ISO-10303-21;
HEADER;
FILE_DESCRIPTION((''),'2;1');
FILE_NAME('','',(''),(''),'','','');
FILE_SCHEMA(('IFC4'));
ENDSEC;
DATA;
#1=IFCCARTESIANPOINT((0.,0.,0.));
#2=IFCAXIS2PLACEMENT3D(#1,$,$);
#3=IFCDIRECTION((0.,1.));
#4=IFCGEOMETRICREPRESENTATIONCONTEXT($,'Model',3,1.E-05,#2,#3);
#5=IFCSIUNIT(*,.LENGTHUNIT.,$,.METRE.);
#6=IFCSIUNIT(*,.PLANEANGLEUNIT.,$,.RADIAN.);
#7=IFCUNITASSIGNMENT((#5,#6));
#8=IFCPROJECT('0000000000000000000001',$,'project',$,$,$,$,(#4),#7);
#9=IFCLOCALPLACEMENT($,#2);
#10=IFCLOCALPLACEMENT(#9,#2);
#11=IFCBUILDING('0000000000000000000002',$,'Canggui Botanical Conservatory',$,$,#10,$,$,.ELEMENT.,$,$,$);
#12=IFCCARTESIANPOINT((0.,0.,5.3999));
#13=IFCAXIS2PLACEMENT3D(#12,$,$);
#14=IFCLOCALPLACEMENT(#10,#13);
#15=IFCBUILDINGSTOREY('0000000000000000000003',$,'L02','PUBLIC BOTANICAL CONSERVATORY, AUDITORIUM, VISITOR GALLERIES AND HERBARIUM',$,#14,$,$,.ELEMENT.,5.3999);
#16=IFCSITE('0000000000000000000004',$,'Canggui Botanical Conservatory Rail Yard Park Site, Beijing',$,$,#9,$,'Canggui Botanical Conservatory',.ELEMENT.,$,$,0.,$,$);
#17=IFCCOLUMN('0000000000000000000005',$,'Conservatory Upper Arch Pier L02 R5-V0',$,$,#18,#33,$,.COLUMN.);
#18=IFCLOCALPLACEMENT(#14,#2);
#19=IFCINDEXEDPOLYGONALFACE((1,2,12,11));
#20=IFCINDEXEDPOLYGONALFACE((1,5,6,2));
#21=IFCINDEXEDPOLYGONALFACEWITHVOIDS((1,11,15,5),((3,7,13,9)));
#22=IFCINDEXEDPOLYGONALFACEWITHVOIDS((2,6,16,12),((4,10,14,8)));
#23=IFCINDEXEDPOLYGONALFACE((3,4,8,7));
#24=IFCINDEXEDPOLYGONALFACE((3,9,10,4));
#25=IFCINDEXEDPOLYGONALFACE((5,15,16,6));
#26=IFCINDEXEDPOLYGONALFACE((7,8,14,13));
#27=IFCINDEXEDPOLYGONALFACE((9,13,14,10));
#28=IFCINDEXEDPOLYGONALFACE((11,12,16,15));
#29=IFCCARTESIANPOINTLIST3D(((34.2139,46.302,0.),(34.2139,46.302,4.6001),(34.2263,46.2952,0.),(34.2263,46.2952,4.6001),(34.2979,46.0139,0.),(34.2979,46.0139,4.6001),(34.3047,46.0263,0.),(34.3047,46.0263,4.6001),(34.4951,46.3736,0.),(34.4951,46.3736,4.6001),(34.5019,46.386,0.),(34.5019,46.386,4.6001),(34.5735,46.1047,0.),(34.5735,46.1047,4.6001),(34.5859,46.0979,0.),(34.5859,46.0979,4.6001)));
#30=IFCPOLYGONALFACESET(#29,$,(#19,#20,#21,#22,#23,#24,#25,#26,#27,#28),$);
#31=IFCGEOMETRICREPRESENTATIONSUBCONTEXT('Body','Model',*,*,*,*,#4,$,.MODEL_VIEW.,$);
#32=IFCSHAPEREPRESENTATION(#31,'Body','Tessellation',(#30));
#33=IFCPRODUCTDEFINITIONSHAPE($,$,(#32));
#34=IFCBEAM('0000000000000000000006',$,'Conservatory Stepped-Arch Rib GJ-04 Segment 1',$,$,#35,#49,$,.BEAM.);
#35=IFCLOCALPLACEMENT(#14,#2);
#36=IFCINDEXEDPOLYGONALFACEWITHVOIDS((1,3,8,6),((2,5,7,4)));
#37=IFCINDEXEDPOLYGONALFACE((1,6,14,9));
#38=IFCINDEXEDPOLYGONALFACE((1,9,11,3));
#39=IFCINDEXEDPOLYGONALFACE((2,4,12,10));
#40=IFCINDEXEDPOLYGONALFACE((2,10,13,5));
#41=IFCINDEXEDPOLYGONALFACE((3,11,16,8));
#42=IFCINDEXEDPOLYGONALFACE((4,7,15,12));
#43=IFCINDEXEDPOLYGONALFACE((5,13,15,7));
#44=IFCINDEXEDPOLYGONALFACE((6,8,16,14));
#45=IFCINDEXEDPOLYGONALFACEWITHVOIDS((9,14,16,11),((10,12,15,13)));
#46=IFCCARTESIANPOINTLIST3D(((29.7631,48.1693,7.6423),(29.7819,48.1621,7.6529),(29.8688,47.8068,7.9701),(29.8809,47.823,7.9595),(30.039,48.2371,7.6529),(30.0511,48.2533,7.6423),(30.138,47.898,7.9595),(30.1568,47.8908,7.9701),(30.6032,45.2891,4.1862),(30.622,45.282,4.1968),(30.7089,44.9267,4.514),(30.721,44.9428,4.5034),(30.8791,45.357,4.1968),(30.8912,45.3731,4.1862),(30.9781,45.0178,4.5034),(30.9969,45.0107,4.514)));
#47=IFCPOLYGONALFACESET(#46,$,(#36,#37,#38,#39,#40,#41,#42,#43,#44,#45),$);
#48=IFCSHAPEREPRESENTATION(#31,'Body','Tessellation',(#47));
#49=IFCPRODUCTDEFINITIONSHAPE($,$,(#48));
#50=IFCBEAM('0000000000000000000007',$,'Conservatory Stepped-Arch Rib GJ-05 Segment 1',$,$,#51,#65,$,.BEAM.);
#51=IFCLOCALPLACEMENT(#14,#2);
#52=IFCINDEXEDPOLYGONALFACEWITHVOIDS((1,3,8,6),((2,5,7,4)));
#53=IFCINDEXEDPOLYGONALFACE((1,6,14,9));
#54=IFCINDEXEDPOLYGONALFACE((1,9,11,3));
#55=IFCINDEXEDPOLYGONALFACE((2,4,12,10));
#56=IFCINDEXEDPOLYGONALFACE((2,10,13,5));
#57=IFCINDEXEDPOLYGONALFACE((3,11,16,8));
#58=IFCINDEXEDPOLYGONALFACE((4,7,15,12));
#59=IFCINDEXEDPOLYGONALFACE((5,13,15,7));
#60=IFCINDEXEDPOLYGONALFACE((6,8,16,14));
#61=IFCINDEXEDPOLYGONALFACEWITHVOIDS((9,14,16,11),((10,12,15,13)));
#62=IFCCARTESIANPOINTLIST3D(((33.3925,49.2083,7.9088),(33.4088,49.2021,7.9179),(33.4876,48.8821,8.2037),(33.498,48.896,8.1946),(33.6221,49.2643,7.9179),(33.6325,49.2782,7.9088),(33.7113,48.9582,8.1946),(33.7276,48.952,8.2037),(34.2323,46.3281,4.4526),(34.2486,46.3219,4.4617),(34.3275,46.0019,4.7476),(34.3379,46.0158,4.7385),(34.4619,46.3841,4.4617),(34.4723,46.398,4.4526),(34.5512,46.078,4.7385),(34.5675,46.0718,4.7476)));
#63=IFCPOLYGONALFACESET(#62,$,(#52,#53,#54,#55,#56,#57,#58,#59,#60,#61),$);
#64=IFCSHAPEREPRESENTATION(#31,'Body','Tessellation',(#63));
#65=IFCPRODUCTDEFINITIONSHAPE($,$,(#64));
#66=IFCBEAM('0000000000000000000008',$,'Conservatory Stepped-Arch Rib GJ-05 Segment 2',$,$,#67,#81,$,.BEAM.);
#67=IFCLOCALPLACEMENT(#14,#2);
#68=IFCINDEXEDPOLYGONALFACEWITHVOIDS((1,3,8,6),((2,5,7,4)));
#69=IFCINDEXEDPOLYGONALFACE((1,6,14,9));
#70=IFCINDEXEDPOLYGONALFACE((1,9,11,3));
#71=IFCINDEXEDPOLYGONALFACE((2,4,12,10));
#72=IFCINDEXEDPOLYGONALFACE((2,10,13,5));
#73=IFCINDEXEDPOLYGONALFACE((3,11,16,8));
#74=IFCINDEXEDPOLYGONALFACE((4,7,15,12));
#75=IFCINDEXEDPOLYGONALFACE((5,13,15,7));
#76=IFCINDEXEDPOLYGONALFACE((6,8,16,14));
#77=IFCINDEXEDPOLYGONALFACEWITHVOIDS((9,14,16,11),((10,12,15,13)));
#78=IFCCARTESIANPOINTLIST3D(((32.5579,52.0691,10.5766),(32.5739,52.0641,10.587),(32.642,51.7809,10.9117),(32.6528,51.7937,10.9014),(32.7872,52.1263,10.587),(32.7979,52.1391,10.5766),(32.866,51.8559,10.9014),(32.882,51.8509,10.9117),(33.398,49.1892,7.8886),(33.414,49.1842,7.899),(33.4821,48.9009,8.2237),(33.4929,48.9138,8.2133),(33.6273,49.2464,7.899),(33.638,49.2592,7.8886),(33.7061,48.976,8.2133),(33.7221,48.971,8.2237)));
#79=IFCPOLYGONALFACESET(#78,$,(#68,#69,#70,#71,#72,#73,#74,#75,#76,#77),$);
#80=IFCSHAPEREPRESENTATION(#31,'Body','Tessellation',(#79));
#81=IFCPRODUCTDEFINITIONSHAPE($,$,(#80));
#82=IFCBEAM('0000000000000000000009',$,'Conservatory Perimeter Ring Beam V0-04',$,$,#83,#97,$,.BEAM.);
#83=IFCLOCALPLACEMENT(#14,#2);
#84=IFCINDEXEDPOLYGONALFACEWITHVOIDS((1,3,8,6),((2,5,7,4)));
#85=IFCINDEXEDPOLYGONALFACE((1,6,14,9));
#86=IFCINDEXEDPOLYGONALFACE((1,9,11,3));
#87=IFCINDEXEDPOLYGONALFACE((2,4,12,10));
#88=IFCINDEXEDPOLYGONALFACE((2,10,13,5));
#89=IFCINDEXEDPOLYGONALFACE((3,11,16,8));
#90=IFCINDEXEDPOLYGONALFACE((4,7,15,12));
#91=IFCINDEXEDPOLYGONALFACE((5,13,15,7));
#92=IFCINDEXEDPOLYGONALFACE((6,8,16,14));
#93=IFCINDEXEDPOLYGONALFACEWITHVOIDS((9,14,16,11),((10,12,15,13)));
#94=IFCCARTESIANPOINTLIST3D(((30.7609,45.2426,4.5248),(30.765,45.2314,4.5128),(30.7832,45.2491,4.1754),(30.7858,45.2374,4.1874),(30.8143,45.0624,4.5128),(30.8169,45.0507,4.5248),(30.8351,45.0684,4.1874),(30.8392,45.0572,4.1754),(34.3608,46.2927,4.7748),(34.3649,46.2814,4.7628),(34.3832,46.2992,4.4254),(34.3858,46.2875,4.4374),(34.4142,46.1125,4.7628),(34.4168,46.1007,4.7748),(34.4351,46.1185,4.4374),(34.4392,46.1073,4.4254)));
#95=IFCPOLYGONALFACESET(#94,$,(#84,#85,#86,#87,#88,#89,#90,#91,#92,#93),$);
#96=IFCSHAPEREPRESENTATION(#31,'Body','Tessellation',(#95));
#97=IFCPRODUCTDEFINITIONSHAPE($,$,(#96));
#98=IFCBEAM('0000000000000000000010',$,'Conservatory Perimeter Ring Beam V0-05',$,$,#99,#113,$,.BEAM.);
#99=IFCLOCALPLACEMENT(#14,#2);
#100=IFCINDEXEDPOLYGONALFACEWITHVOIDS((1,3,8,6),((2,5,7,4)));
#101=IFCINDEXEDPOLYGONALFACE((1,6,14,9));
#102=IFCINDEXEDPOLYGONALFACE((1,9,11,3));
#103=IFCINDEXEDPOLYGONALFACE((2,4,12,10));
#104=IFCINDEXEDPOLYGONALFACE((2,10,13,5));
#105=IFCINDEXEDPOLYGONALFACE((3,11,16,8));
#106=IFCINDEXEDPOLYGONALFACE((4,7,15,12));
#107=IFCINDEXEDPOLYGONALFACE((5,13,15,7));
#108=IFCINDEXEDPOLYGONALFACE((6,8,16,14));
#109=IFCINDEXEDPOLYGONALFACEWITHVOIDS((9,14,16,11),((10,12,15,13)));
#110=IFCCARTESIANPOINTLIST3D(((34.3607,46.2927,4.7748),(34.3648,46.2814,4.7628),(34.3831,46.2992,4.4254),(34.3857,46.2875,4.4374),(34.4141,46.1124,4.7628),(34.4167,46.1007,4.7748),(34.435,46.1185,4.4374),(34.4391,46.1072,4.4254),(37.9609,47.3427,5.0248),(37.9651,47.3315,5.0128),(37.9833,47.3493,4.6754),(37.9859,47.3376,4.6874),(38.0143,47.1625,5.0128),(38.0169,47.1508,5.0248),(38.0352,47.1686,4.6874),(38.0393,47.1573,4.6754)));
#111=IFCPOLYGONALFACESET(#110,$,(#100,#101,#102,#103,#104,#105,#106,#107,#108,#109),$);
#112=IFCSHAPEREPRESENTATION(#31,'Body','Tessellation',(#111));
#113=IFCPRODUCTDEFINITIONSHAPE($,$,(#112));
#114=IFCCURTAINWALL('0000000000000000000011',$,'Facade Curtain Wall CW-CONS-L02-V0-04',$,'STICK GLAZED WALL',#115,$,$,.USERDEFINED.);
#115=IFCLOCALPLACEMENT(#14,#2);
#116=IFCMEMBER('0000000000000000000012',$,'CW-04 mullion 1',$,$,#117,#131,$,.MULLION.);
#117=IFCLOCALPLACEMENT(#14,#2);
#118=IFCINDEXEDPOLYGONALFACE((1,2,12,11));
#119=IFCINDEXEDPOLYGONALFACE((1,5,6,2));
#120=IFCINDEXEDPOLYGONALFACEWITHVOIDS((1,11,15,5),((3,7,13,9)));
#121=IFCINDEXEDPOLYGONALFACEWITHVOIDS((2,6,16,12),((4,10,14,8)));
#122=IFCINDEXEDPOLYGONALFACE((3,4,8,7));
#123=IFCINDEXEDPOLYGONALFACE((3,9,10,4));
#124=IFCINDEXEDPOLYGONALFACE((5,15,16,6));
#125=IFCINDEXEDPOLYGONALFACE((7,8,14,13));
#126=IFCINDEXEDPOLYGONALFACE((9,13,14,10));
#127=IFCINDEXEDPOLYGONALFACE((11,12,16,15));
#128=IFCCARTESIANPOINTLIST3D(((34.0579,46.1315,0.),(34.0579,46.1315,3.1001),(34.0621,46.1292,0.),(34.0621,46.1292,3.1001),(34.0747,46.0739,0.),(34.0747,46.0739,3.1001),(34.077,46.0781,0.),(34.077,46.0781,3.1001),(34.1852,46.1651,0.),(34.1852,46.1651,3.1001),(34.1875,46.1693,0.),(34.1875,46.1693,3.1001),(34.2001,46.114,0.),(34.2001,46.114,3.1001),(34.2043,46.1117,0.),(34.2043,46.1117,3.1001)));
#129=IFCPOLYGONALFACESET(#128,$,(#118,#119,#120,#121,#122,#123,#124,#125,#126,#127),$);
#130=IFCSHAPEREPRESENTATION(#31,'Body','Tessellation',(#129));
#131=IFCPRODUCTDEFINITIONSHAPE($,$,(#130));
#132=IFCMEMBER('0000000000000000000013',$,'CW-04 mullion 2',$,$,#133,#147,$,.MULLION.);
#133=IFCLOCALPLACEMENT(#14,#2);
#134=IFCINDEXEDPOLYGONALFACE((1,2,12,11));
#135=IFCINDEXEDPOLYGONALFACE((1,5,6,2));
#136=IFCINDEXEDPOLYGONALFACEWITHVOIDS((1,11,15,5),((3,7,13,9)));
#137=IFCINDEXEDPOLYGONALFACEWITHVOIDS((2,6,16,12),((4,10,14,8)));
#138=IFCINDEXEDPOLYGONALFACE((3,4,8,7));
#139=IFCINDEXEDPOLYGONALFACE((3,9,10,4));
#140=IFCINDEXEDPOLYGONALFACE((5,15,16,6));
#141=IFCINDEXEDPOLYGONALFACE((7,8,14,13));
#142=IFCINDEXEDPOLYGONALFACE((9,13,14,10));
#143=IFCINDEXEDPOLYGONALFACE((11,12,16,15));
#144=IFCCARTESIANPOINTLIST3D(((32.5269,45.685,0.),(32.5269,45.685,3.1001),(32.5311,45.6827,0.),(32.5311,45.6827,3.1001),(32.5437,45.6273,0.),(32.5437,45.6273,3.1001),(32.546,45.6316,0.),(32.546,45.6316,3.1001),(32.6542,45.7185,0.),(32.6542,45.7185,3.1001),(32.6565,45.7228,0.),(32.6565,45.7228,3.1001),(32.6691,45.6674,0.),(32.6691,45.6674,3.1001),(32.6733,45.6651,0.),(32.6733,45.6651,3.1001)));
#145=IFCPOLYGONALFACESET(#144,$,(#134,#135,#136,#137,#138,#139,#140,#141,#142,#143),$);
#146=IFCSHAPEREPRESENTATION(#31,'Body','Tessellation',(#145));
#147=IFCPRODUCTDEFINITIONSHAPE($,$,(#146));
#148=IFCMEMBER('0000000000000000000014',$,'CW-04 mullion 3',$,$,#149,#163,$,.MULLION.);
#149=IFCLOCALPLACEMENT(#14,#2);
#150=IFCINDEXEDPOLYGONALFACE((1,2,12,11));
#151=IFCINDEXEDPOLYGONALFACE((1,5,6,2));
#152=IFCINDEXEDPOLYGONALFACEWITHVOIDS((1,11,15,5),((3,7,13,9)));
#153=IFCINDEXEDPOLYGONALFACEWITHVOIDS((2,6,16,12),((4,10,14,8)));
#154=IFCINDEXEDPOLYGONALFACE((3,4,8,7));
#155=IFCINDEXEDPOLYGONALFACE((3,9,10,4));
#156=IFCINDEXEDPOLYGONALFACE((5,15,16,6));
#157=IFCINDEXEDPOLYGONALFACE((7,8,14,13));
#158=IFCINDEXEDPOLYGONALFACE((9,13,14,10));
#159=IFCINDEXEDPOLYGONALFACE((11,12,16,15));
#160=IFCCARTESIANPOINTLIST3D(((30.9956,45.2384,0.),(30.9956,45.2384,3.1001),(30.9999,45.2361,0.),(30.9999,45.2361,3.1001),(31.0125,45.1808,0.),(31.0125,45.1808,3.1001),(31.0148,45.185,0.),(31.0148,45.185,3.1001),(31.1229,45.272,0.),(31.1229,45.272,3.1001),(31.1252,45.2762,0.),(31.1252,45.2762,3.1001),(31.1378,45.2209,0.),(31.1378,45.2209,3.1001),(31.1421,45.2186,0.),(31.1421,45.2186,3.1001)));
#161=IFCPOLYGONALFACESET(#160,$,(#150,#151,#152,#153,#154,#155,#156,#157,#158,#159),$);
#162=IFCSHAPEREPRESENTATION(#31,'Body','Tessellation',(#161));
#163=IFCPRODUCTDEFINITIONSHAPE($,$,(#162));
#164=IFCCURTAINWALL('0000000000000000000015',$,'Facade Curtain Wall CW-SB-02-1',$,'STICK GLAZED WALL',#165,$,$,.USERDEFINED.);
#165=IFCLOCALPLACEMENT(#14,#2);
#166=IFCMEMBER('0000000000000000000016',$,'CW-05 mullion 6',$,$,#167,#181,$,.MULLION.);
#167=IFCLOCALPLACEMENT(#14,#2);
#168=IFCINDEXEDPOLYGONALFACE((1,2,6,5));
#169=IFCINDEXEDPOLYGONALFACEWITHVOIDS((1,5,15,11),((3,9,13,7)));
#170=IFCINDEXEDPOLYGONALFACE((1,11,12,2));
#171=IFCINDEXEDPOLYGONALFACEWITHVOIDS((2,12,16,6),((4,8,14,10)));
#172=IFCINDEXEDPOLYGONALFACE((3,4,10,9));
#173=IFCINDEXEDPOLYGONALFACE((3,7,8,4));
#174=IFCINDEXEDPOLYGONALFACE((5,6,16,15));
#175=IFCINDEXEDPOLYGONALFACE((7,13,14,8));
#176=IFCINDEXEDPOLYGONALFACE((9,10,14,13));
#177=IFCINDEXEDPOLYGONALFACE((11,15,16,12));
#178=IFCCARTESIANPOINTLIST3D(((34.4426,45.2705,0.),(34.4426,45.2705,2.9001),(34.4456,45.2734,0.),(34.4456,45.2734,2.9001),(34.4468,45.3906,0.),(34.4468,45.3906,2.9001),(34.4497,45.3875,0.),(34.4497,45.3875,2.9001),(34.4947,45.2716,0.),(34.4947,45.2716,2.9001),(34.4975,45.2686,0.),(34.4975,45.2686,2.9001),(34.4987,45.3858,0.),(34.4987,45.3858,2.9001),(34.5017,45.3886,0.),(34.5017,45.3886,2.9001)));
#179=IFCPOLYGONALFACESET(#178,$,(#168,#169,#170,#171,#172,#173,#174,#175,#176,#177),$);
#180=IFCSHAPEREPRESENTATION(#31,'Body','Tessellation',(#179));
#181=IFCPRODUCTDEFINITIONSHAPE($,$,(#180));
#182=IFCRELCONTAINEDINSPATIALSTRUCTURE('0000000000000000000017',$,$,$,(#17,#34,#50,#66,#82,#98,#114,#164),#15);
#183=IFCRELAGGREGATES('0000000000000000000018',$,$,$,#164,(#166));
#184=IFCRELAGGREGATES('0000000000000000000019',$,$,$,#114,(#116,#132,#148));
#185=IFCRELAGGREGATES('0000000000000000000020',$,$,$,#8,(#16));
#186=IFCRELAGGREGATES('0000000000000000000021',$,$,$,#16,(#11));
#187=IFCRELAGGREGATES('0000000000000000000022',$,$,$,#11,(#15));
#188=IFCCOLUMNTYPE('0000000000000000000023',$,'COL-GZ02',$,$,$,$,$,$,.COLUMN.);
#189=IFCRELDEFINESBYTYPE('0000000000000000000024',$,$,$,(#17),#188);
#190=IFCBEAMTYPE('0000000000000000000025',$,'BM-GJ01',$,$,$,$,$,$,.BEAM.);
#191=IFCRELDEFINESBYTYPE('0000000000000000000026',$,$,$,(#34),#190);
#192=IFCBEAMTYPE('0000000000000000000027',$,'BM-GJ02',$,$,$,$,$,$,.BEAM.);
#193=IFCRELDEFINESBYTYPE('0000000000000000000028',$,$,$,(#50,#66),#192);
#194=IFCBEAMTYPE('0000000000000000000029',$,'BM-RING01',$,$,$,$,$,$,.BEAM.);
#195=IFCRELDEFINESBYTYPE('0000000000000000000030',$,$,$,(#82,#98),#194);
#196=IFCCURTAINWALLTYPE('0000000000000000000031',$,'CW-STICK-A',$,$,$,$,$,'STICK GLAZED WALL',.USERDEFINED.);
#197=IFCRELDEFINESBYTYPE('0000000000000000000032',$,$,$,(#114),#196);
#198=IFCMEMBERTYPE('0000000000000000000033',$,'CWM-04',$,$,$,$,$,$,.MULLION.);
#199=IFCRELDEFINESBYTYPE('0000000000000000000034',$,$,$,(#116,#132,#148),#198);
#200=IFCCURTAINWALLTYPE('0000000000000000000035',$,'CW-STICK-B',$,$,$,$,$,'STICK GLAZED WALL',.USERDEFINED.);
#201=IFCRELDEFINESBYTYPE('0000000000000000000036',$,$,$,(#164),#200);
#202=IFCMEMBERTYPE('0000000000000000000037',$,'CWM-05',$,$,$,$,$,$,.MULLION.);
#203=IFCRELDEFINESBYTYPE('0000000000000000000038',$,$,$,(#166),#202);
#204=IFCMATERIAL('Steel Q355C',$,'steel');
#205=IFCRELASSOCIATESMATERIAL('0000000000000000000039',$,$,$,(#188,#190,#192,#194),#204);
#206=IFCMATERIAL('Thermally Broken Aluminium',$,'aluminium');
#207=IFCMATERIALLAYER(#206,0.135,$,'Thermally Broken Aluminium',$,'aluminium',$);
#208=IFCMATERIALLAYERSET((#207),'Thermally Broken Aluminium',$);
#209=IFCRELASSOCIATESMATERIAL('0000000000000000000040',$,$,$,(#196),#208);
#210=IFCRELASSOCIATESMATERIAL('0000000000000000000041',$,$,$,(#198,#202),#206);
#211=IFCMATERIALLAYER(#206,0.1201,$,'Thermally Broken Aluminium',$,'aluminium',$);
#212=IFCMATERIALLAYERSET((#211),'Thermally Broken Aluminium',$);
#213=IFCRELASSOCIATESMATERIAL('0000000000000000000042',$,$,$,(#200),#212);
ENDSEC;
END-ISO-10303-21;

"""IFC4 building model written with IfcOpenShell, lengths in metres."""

from ifc_helpers import new_model, si_unit, direction, frame, origin, origin_2d, place, context, subcontext, project, spatial, hollow_rectangle, extrude, material, layer, layer_set, material_profile, profile_set, type_object, element, aggregate, save


model = new_model("IFC4")

# Units and contexts
model_context = context("Model", 3, precision=1e-05, world=origin(), true_north=direction((0.0, 1.0)))
body_context = subcontext(model_context, "Body", "Model", "MODEL_VIEW")
ifc_project = project(units=[si_unit("LENGTHUNIT", "METRE"), si_unit("PLANEANGLEUNIT", "RADIAN")], contexts=[model_context])

# Site, building, storey
site_placement = place(None, origin())
site = spatial("IfcSite", under=ifc_project, at=site_placement, Name="Canggui Botanical Conservatory Rail Yard Park Site, Beijing", LongName="Canggui Botanical Conservatory", CompositionType="ELEMENT", RefElevation=0.0)
building_placement = place(site_placement, origin())
building = spatial("IfcBuilding", under=site, at=building_placement, Name="Canggui Botanical Conservatory", CompositionType="ELEMENT")
storey_placement = place(building_placement, frame((0.0, 0.0, 5.3999)))
storey = spatial("IfcBuildingStorey", under=building, at=storey_placement, Name="L02", Description="PUBLIC BOTANICAL CONSERVATORY, AUDITORIUM, VISITOR GALLERIES AND HERBARIUM", CompositionType="ELEMENT", Elevation=5.3999)

# Column
ifc_material_1 = material(Name="Steel Q355C", Category="steel")
ifc_material_profile_1 = material_profile(ifc_material_1, hollow_rectangle(XDim=0.3, YDim=0.3, WallThickness=0.01, at=origin_2d()), Name="SHS 300x300x10")
ifc_profile_set_1 = profile_set([ifc_material_profile_1], Name="Steel Q355C")
column_type = type_object("IfcColumnType", Name="COL-GZ02", PredefinedType="COLUMN", material=ifc_profile_set_1)
column_placement = place(storey_placement, frame((34.3999, 46.2, 0.0), z_axis=(0.0, 0.0, 1.0), x_axis=(0.96, 0.28, 0.0)))
element("IfcColumn", 1, at=column_placement, inside=storey, type_object=column_type, Name="Conservatory Upper Arch Pier L02 R5-V0", PredefinedType="COLUMN", context=body_context, shape_type="SweptSolid", body=[
    extrude(hollow_rectangle(XDim=0.3, YDim=0.3, WallThickness=0.01, at=origin_2d()), origin(), (0.0, 0.0, 1.0), 4.6001),
])

# Beams
ifc_material_profile_2 = material_profile(ifc_material_1, hollow_rectangle(XDim=0.3, YDim=0.5, WallThickness=0.0161, at=origin_2d()), Name="RHS 300x500x16")
ifc_profile_set_2 = profile_set([ifc_material_profile_2], Name="Steel Q355C")
beam_type_1 = type_object("IfcBeamType", Name="BM-GJ01", PredefinedType="BEAM", material=ifc_profile_set_2)
beam_1_placement = place(storey_placement, frame((30.8, 45.1499, 4.3501), z_axis=(-0.183562, 0.629317, 0.755159), x_axis=(-0.959995, -0.280016, 0.0)))
element("IfcBeam", 2, at=beam_1_placement, inside=storey, type_object=beam_type_1, Name="Conservatory Stepped-Arch Rib GJ-04 Segment 1", PredefinedType="BEAM", context=body_context, shape_type="SweptSolid", body=[
    extrude(hollow_rectangle(XDim=0.3, YDim=0.5, WallThickness=0.0161, at=origin_2d()), origin(), (0.0, 0.0, 1.0), 4.5767),
])
ifc_material_profile_3 = material_profile(ifc_material_1, hollow_rectangle(XDim=0.25, YDim=0.45, WallThickness=0.0139, at=origin_2d()), Name="RHS 250x450x14")
ifc_profile_set_3 = profile_set([ifc_material_profile_3], Name="Steel Q355C")
beam_type_2 = type_object("IfcBeamType", Name="BM-GJ02", PredefinedType="BEAM", material=ifc_profile_set_3)
beam_2_placement = place(storey_placement, frame((34.3999, 46.2, 4.6001), z_axis=(-0.18351, 0.629323, 0.755166), x_axis=(-0.960017, -0.279941, 0.0)))
element("IfcBeam", 3, at=beam_2_placement, inside=storey, type_object=beam_type_2, Name="Conservatory Stepped-Arch Rib GJ-05 Segment 1", PredefinedType="BEAM", context=body_context, shape_type="SweptSolid", body=[
    extrude(hollow_rectangle(XDim=0.25, YDim=0.45, WallThickness=0.0139, at=origin_2d()), origin(), (0.0, 0.0, 1.0), 4.5767),
])
beam_3_placement = place(storey_placement, frame((33.5601, 49.0801, 8.0562), z_axis=(-0.208562, 0.714967, 0.667326), x_axis=(-0.959989, -0.280038, 0.0)))
element("IfcBeam", 4, at=beam_3_placement, inside=storey, type_object=beam_type_2, Name="Conservatory Stepped-Arch Rib GJ-05 Segment 2", PredefinedType="BEAM", context=body_context, shape_type="SweptSolid", body=[
    extrude(hollow_rectangle(XDim=0.25, YDim=0.45, WallThickness=0.0139, at=origin_2d()), origin(), (0.0, 0.0, 1.0), 4.0281),
])
ifc_material_profile_4 = material_profile(ifc_material_1, hollow_rectangle(XDim=0.2, YDim=0.3501, WallThickness=0.012, at=origin_2d()), Name="RHS 200x350x12")
ifc_profile_set_4 = profile_set([ifc_material_profile_4], Name="Steel Q355C")
beam_type_3 = type_object("IfcBeamType", Name="BM-RING01", PredefinedType="BEAM", material=ifc_profile_set_4)
beam_4_placement = place(storey_placement, frame((30.8, 45.1499, 4.3501), z_axis=(0.957867, 0.279402, 0.066521), x_axis=(-0.280023, 0.959993, 0.0)))
element("IfcBeam", 5, at=beam_4_placement, inside=storey, type_object=beam_type_3, Name="Conservatory Perimeter Ring Beam V0-04", PredefinedType="BEAM", context=body_context, shape_type="SweptSolid", body=[
    extrude(hollow_rectangle(XDim=0.2, YDim=0.3501, WallThickness=0.012, at=origin_2d()), origin(), (0.0, 0.0, 1.0), 3.7583),
])
beam_5_placement = place(storey_placement, frame((34.3999, 46.2, 4.6001), z_axis=(0.957872, 0.279385, 0.066517), x_axis=(-0.280005, 0.959999, 0.0)))
element("IfcBeam", 6, at=beam_5_placement, inside=storey, type_object=beam_type_3, Name="Conservatory Perimeter Ring Beam V0-05", PredefinedType="BEAM", context=body_context, shape_type="SweptSolid", body=[
    extrude(hollow_rectangle(XDim=0.2, YDim=0.3501, WallThickness=0.012, at=origin_2d()), origin(), (0.0, 0.0, 1.0), 3.7585),
])

# Curtain wall, members
ifc_material_2 = material(Name="Thermally Broken Aluminium", Category="aluminium")
ifc_layer_1 = layer(ifc_material_2, 0.135, Name="Thermally Broken Aluminium", Category="aluminium")
ifc_layer_set_1 = layer_set([ifc_layer_1], Name="Thermally Broken Aluminium")
curtain_wall_type_1 = type_object("IfcCurtainWallType", Name="CW-STICK-A", ElementType="STICK GLAZED WALL", PredefinedType="USERDEFINED", material=ifc_layer_set_1)
curtain_wall_1_placement = place(storey_placement, origin())
curtain_wall_1 = element("IfcCurtainWall", 7, at=curtain_wall_1_placement, inside=storey, type_object=curtain_wall_type_1, Name="Facade Curtain Wall CW-CONS-L02-V0-04", ObjectType="STICK GLAZED WALL", PredefinedType="USERDEFINED")
ifc_material_profile_5 = material_profile(ifc_material_2, hollow_rectangle(XDim=0.0601, YDim=0.135, WallThickness=0.0034, at=origin_2d()), Name="CWM 60x135x3.5")
ifc_profile_set_5 = profile_set([ifc_material_profile_5], Name="Thermally Broken Aluminium")
member_type_1 = type_object("IfcMemberType", Name="CWM-04", PredefinedType="MULLION", material=ifc_profile_set_5)
member_1_placement = place(storey_placement, frame((34.1311, 46.1216, 0.0), z_axis=(0.0, 0.0, 1.0), x_axis=(0.28, -0.96, 0.0)))
member_1 = element("IfcMember", 8, at=member_1_placement, type_object=member_type_1, Name="CW-04 mullion 1", PredefinedType="MULLION", context=body_context, shape_type="SweptSolid", body=[
    extrude(hollow_rectangle(XDim=0.0601, YDim=0.135, WallThickness=0.0034, at=origin_2d()), origin(), (0.0, 0.0, 1.0), 3.1001),
])
member_2_placement = place(storey_placement, frame((32.6001, 45.675, 0.0), z_axis=(0.0, 0.0, 1.0), x_axis=(0.28, -0.96, 0.0)))
member_2 = element("IfcMember", 9, at=member_2_placement, type_object=member_type_1, Name="CW-04 mullion 2", PredefinedType="MULLION", context=body_context, shape_type="SweptSolid", body=[
    extrude(hollow_rectangle(XDim=0.0601, YDim=0.135, WallThickness=0.0034, at=origin_2d()), origin(), (0.0, 0.0, 1.0), 3.1001),
])
member_3_placement = place(storey_placement, frame((31.0688, 45.2285, 0.0), z_axis=(0.0, 0.0, 1.0), x_axis=(0.28, -0.96, 0.0)))
member_3 = element("IfcMember", 10, at=member_3_placement, type_object=member_type_1, Name="CW-04 mullion 3", PredefinedType="MULLION", context=body_context, shape_type="SweptSolid", body=[
    extrude(hollow_rectangle(XDim=0.0601, YDim=0.135, WallThickness=0.0034, at=origin_2d()), origin(), (0.0, 0.0, 1.0), 3.1001),
])

# Curtain wall, member
ifc_layer_2 = layer(ifc_material_2, 0.1201, Name="Thermally Broken Aluminium", Category="aluminium")
ifc_layer_set_2 = layer_set([ifc_layer_2], Name="Thermally Broken Aluminium")
curtain_wall_type_2 = type_object("IfcCurtainWallType", Name="CW-STICK-B", ElementType="STICK GLAZED WALL", PredefinedType="USERDEFINED", material=ifc_layer_set_2)
curtain_wall_2_placement = place(storey_placement, origin())
curtain_wall_2 = element("IfcCurtainWall", 11, at=curtain_wall_2_placement, inside=storey, type_object=curtain_wall_type_2, Name="Facade Curtain Wall CW-SB-02-1", ObjectType="STICK GLAZED WALL", PredefinedType="USERDEFINED")
ifc_material_profile_6 = material_profile(ifc_material_2, hollow_rectangle(XDim=0.0549, YDim=0.1201, WallThickness=0.0029, at=origin_2d()), Name="CWM 55x120x3")
ifc_profile_set_6 = profile_set([ifc_material_profile_6], Name="Thermally Broken Aluminium")
member_type_2 = type_object("IfcMemberType", Name="CWM-05", PredefinedType="MULLION", material=ifc_profile_set_6)
member_4_placement = place(storey_placement, frame((34.4722, 45.3296, 0.0), z_axis=(0.0, 0.0, 1.0), x_axis=(-0.99938, 0.035206, 0.0)))
member_4 = element("IfcMember", 12, at=member_4_placement, type_object=member_type_2, Name="CW-05 mullion 6", PredefinedType="MULLION", context=body_context, shape_type="SweptSolid", body=[
    extrude(hollow_rectangle(XDim=0.0549, YDim=0.1201, WallThickness=0.0029, at=origin_2d()), origin(), (0.0, 0.0, 1.0), 2.9001),
])
aggregate(curtain_wall_2, [member_4])

aggregate(curtain_wall_1, [member_1, member_2, member_3])

save(model, "model.ifc")
